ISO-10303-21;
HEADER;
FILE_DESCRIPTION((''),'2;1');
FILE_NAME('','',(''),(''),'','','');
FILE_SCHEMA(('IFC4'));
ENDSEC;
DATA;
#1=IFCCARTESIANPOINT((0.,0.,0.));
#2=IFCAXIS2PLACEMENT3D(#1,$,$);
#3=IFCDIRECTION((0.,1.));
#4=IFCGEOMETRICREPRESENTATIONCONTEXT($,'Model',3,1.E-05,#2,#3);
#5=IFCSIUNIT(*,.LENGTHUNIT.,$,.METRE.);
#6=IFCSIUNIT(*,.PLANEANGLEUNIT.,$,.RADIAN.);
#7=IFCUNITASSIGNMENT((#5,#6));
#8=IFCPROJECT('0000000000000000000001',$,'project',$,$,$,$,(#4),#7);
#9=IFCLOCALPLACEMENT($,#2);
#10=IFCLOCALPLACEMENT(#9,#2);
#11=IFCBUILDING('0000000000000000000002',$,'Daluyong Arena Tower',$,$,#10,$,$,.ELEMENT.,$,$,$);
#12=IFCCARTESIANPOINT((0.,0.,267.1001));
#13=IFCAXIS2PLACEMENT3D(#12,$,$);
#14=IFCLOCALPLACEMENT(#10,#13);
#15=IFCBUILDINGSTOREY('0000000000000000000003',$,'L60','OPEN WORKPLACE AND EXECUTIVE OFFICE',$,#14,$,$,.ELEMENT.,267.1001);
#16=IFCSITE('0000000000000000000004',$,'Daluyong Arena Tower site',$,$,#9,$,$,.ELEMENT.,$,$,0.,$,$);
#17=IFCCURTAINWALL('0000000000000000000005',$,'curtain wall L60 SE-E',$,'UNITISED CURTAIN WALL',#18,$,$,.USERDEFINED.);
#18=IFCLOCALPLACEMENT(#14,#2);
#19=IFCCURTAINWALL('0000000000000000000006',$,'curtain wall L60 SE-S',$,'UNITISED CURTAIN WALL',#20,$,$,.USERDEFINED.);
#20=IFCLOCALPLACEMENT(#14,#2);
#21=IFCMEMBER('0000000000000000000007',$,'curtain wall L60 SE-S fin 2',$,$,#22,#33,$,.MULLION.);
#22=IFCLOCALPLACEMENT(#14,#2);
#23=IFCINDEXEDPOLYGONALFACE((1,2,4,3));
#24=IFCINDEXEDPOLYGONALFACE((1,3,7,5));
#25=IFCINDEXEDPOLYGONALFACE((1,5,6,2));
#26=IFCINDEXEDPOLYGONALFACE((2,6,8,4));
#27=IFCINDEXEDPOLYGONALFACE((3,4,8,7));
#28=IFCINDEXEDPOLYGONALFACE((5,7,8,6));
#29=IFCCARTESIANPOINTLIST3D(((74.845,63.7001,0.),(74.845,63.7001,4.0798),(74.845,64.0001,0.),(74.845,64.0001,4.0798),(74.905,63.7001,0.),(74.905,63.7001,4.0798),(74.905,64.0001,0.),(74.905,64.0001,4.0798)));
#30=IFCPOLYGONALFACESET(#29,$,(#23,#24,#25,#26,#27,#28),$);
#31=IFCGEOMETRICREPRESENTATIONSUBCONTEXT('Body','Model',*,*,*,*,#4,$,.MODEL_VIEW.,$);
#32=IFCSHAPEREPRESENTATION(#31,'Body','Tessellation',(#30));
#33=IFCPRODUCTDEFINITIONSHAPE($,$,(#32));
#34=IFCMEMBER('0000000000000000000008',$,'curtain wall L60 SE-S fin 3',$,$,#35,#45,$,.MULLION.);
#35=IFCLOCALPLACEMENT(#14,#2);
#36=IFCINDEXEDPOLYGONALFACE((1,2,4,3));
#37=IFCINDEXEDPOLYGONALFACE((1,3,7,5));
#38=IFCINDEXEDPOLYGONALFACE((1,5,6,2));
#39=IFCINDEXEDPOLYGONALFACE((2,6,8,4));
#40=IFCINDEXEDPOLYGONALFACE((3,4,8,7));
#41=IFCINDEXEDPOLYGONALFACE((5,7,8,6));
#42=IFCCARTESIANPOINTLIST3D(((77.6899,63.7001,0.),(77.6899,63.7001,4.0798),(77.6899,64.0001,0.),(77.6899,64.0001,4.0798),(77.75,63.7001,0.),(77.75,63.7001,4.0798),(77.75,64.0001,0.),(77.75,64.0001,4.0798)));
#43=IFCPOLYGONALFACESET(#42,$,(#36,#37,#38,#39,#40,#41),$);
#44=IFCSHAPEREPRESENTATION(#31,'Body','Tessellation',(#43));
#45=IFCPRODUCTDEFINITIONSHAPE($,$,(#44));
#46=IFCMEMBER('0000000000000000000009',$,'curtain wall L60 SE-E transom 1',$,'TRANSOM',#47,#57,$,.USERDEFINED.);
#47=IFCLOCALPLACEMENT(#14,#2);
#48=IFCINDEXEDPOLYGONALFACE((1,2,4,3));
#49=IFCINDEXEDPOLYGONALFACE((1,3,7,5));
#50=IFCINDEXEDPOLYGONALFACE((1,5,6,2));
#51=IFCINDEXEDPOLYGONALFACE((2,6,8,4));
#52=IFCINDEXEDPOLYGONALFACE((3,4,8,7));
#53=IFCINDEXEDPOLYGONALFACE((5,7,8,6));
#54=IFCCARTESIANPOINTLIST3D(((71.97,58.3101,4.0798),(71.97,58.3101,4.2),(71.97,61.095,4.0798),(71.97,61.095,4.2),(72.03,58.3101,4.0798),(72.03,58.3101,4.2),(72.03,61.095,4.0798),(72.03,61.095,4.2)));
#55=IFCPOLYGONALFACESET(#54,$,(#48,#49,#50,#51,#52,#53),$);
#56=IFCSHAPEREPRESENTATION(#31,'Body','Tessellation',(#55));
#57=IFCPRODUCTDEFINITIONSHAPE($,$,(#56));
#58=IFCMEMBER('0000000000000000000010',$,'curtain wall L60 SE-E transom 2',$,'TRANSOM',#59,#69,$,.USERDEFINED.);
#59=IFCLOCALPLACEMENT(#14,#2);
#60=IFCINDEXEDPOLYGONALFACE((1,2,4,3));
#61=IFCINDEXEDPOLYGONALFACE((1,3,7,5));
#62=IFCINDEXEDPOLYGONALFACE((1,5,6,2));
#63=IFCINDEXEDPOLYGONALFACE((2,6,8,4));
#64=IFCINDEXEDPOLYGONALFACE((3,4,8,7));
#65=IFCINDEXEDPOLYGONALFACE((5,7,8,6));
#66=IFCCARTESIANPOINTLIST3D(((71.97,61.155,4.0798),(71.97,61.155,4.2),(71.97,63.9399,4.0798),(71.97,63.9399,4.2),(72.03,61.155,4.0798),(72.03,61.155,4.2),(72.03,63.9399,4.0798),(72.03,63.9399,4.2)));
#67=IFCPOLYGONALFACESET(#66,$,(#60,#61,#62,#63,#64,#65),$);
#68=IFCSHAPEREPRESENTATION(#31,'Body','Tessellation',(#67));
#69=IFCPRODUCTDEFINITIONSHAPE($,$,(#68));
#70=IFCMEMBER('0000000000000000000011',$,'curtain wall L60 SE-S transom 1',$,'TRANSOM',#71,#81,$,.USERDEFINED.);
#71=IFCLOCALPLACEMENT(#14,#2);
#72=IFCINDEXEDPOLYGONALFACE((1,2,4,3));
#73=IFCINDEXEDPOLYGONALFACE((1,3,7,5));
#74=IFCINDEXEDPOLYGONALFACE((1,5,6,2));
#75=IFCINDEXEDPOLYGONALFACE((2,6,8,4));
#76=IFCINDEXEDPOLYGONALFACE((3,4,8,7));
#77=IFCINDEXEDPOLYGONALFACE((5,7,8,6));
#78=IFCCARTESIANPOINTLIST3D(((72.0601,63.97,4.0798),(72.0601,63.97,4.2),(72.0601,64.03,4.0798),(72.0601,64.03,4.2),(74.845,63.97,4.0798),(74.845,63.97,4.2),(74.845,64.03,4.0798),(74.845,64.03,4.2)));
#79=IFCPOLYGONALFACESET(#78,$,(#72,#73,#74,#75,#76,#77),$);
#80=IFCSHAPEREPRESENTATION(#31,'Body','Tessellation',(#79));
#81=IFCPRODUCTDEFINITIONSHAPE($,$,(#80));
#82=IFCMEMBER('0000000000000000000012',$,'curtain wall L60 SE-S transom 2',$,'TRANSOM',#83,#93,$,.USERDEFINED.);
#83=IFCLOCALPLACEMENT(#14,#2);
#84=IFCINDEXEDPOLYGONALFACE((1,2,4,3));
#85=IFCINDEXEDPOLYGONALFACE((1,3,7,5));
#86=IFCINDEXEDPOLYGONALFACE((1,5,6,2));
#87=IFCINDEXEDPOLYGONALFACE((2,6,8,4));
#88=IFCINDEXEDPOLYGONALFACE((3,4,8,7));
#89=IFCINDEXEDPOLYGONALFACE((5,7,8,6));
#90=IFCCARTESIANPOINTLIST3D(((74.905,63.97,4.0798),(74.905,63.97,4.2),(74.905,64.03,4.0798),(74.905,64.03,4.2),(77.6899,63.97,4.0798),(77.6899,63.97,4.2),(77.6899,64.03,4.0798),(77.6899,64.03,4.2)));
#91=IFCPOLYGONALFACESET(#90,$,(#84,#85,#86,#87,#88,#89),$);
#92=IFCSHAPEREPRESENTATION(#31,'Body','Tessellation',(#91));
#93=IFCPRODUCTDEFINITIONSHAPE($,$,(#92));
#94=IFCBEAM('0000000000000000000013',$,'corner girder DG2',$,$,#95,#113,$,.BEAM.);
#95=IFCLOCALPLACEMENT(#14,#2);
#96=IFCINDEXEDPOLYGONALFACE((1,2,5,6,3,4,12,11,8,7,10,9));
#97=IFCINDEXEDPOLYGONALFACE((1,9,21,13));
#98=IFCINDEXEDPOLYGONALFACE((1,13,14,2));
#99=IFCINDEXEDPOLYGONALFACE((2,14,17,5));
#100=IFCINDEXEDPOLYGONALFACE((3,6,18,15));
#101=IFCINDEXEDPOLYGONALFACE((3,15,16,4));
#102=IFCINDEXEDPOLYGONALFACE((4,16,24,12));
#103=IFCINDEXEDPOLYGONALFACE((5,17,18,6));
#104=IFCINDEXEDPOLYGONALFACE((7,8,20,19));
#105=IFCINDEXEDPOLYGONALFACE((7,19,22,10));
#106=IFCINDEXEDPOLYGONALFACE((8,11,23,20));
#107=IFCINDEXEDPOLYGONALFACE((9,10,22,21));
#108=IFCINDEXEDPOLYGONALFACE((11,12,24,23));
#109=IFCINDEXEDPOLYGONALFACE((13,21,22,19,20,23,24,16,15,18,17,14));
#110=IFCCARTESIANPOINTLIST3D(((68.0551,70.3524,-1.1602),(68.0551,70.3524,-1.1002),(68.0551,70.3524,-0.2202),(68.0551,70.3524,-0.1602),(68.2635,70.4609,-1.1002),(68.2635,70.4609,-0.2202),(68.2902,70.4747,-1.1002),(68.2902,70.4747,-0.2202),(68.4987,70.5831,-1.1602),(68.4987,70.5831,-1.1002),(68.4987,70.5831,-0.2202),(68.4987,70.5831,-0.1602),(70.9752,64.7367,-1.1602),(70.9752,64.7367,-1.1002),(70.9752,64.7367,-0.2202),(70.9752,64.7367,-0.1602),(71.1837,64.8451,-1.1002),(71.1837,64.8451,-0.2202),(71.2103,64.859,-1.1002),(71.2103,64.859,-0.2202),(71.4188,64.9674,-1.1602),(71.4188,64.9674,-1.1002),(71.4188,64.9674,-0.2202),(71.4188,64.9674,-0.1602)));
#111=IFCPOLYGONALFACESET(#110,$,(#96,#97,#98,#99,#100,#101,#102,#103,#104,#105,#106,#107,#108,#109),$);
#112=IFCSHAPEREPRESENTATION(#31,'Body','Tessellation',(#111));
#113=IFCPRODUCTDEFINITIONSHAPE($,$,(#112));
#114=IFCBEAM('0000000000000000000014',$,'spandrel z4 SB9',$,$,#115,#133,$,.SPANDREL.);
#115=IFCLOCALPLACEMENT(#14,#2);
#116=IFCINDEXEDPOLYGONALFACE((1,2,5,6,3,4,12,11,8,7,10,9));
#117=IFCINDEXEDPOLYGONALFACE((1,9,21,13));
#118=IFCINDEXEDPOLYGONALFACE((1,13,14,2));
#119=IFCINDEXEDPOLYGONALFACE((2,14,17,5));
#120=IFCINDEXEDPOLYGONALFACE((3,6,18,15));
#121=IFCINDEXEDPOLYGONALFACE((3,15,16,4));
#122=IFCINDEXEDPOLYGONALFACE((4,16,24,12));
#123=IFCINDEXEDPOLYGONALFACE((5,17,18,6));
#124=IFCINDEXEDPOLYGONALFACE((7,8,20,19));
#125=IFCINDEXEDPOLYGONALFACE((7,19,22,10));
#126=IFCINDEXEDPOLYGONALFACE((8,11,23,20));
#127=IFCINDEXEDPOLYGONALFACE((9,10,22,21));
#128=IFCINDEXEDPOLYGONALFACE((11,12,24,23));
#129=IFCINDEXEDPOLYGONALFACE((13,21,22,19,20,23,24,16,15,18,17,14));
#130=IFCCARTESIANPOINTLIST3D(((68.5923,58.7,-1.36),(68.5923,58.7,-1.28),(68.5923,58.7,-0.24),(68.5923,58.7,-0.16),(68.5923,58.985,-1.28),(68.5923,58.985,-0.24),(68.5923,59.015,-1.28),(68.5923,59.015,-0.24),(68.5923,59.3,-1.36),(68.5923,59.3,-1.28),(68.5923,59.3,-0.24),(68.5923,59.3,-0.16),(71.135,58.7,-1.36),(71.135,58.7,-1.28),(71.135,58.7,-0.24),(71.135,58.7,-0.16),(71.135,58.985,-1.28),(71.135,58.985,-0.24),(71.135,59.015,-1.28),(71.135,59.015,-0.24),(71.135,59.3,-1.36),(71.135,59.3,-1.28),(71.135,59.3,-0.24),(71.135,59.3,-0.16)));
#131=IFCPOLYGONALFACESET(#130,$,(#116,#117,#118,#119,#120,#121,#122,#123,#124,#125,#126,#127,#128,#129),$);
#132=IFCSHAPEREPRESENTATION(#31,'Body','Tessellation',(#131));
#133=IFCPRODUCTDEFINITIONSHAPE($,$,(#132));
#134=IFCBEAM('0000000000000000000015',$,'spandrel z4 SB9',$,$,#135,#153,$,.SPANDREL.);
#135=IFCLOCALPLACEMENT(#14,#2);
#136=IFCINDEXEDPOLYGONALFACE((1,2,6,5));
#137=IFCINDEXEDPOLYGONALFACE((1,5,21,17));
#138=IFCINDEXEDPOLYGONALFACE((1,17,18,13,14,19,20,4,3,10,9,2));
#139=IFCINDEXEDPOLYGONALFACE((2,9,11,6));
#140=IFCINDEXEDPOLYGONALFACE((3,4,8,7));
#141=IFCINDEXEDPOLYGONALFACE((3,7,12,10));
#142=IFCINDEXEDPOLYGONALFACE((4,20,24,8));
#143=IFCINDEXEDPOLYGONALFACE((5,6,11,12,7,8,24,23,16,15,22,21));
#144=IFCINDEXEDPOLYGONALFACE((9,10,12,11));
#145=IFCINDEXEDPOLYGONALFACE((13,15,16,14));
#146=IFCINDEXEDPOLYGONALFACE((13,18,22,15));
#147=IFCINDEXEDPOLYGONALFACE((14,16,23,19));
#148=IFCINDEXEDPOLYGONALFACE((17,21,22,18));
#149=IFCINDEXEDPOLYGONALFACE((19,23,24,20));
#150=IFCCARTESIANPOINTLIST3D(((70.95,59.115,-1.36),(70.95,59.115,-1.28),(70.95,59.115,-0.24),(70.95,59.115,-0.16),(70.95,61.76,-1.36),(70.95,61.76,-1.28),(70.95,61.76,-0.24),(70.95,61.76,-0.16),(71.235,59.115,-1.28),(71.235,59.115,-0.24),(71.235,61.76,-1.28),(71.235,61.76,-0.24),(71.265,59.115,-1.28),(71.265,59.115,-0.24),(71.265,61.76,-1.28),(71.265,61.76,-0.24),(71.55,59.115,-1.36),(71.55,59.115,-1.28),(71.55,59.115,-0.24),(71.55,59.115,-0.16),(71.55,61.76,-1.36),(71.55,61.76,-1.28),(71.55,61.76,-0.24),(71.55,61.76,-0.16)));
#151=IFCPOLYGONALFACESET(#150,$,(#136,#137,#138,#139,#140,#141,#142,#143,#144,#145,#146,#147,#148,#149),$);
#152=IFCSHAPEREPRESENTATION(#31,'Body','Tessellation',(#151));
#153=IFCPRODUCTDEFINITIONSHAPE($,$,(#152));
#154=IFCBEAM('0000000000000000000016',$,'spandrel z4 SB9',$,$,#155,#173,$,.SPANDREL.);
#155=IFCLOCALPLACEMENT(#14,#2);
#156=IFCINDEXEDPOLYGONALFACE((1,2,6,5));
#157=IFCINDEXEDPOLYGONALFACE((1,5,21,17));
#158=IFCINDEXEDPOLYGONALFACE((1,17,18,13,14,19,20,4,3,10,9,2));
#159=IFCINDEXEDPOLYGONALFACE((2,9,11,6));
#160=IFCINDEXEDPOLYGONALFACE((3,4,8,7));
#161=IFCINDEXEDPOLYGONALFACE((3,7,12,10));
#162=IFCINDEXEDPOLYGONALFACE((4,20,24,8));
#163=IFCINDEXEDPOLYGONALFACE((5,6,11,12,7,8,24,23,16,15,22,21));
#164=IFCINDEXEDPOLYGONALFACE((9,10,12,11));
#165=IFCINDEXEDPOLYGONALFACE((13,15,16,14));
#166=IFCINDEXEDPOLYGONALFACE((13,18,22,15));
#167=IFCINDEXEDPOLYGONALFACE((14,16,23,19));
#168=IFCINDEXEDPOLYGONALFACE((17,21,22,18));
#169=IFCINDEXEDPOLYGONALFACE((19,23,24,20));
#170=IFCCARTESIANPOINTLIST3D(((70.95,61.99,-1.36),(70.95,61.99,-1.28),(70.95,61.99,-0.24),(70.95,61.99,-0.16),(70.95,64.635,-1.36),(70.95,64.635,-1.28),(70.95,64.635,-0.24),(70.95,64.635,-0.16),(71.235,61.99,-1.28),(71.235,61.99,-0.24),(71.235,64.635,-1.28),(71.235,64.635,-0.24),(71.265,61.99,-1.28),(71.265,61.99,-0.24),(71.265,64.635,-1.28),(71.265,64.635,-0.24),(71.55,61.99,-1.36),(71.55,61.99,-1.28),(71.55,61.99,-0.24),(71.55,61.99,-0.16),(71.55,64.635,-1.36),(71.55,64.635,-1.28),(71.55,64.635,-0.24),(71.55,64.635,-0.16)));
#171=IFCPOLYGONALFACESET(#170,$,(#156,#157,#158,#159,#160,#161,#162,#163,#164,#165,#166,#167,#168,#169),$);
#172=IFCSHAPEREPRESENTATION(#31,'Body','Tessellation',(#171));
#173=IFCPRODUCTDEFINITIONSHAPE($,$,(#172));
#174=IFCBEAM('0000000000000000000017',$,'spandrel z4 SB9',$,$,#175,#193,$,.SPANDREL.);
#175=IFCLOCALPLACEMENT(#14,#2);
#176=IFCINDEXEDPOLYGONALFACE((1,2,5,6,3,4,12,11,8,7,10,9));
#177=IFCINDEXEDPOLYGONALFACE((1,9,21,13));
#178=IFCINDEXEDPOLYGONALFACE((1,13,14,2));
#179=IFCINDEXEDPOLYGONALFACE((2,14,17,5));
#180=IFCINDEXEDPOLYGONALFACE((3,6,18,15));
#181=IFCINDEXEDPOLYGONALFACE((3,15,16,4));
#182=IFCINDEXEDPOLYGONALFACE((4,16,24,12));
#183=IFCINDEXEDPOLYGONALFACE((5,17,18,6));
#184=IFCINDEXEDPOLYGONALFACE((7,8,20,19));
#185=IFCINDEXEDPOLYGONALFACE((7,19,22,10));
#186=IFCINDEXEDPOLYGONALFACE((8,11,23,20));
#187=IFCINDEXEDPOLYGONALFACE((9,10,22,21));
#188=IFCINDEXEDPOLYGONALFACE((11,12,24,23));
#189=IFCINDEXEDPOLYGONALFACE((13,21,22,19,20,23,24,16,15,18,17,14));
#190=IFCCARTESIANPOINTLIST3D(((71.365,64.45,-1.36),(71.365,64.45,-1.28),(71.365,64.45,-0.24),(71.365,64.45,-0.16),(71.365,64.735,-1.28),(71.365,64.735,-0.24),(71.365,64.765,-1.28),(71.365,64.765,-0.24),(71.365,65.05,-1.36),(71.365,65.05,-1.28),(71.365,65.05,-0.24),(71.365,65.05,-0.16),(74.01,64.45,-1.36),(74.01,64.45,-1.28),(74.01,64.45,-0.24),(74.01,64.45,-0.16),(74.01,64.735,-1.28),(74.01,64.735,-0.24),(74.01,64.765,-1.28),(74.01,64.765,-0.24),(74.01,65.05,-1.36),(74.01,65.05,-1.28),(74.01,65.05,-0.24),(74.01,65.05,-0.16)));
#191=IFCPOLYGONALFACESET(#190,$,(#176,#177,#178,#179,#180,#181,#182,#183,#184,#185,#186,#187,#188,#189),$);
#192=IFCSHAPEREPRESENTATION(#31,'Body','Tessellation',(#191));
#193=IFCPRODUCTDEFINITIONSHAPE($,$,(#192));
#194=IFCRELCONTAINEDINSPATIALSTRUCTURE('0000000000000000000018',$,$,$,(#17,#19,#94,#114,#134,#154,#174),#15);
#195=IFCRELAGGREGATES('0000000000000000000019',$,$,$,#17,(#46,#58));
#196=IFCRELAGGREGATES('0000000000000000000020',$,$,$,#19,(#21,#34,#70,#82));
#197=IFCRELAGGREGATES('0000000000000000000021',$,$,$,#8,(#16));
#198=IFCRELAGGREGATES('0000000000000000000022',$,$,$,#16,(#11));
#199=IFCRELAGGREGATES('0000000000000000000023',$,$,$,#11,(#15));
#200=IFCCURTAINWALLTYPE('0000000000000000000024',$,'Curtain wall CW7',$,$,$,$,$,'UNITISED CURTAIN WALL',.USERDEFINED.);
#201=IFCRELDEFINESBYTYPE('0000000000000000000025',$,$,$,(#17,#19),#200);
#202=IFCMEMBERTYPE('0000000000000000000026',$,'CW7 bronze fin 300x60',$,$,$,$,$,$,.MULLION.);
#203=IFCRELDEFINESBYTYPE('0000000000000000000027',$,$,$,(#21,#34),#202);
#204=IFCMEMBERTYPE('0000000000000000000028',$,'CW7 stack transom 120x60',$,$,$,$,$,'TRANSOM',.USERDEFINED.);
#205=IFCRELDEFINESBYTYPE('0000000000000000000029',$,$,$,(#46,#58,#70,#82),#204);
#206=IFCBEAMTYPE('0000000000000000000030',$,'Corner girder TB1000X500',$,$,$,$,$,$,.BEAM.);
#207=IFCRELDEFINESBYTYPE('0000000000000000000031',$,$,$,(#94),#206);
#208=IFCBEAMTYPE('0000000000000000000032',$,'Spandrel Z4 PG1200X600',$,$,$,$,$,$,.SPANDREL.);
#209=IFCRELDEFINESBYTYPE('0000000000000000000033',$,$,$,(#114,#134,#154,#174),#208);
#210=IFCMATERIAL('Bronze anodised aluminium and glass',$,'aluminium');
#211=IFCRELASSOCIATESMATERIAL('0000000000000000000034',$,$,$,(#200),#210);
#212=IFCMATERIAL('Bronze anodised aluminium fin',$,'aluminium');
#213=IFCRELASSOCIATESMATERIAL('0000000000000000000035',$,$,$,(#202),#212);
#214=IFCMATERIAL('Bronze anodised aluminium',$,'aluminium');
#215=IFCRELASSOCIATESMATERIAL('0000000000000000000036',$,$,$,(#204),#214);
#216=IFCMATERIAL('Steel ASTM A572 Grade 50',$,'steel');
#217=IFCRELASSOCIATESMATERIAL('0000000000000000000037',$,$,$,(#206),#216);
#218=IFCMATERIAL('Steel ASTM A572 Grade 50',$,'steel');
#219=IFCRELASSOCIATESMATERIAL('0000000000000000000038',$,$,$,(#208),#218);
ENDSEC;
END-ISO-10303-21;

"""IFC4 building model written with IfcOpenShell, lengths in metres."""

from ifc_helpers import new_model, si_unit, direction, frame, origin, origin_2d, place, context, subcontext, project, spatial, rectangle, i_section, extrude, material, material_profile, profile_set, type_object, element, aggregate, save


model = new_model("IFC4")

# Units and contexts
model_context = context("Model", 3, precision=1e-05, world=origin(), true_north=direction((0.0, 1.0)))
body_context = subcontext(model_context, "Body", "Model", "MODEL_VIEW")
ifc_project = project(units=[si_unit("LENGTHUNIT", "METRE"), si_unit("PLANEANGLEUNIT", "RADIAN")], contexts=[model_context])

# Site, building, storey
site_placement = place(None, origin())
site = spatial("IfcSite", under=ifc_project, at=site_placement, Name="Daluyong Arena Tower site", CompositionType="ELEMENT", RefElevation=0.0)
building_placement = place(site_placement, origin())
building = spatial("IfcBuilding", under=site, at=building_placement, Name="Daluyong Arena Tower", CompositionType="ELEMENT")
storey_placement = place(building_placement, frame((0.0, 0.0, 267.1001)))
storey = spatial("IfcBuildingStorey", under=building, at=storey_placement, Name="L60", Description="OPEN WORKPLACE AND EXECUTIVE OFFICE", CompositionType="ELEMENT", Elevation=267.1001)

# Curtain walls, members
ifc_material_1 = material(Name="Bronze anodised aluminium and glass", Category="aluminium")
curtain_wall_type_1 = type_object("IfcCurtainWallType", Name="Curtain wall CW7", ElementType="UNITISED CURTAIN WALL", PredefinedType="USERDEFINED", material=ifc_material_1)
curtain_wall_1_placement = place(storey_placement, origin())
curtain_wall_1 = element("IfcCurtainWall", 1, at=curtain_wall_1_placement, inside=storey, type_object=curtain_wall_type_1, Name="curtain wall L60 SE-E", ObjectType="UNITISED CURTAIN WALL", PredefinedType="USERDEFINED")
ifc_material_2 = material(Name="Bronze anodised aluminium fin", Category="aluminium")
ifc_material_profile_1 = material_profile(ifc_material_2, rectangle(XDim=0.3, YDim=0.0601, at=origin_2d()))
ifc_profile_set_1 = profile_set([ifc_material_profile_1], Name="Bronze anodised aluminium fin")
member_type_1 = type_object("IfcMemberType", Name="CW7 bronze fin 300x60", PredefinedType="MULLION", material=ifc_profile_set_1)
curtain_wall_2_placement = place(storey_placement, origin())
curtain_wall_2 = element("IfcCurtainWall", 2, at=curtain_wall_2_placement, inside=storey, type_object=curtain_wall_type_1, Name="curtain wall L60 SE-S", ObjectType="UNITISED CURTAIN WALL", PredefinedType="USERDEFINED")
member_1_placement = place(storey_placement, frame((74.875, 63.8501, 0.0), z_axis=(0.0, 0.0, 1.0), x_axis=(0.0, 1.0, 0.0)))
member_1 = element("IfcMember", 3, at=member_1_placement, type_object=member_type_1, Name="curtain wall L60 SE-S fin 2", PredefinedType="MULLION", context=body_context, shape_type="SweptSolid", body=[
    extrude(rectangle(XDim=0.3, YDim=0.0601, at=origin_2d()), origin(), (0.0, 0.0, 1.0), 4.0798),
])
member_2_placement = place(storey_placement, frame((77.72, 63.8501, 0.0), z_axis=(0.0, 0.0, 1.0), x_axis=(0.0, 1.0, 0.0)))
member_2 = element("IfcMember", 4, at=member_2_placement, type_object=member_type_1, Name="curtain wall L60 SE-S fin 3", PredefinedType="MULLION", context=body_context, shape_type="SweptSolid", body=[
    extrude(rectangle(XDim=0.3, YDim=0.0601, at=origin_2d()), origin(), (0.0, 0.0, 1.0), 4.0798),
])

# Members
ifc_material_3 = material(Name="Bronze anodised aluminium", Category="aluminium")
ifc_material_profile_2 = material_profile(ifc_material_3, rectangle(XDim=0.0601, YDim=0.1201, at=origin_2d()))
ifc_profile_set_2 = profile_set([ifc_material_profile_2], Name="Bronze anodised aluminium")
member_type_2 = type_object("IfcMemberType", Name="CW7 stack transom 120x60", ElementType="TRANSOM", PredefinedType="USERDEFINED", material=ifc_profile_set_2)
member_3_placement = place(storey_placement, frame((72.0, 58.3101, 4.1399), z_axis=(0.0, 1.0, 0.0), x_axis=(-1.0, 0.0, 0.0)))
member_3 = element("IfcMember", 5, at=member_3_placement, type_object=member_type_2, Name="curtain wall L60 SE-E transom 1", ObjectType="TRANSOM", PredefinedType="USERDEFINED", context=body_context, shape_type="SweptSolid", body=[
    extrude(rectangle(XDim=0.0601, YDim=0.1201, at=origin_2d()), origin(), (0.0, 0.0, 1.0), 2.7849),
])
member_4_placement = place(storey_placement, frame((72.0, 61.155, 4.1399), z_axis=(0.0, 1.0, 0.0), x_axis=(-1.0, 0.0, 0.0)))
member_4 = element("IfcMember", 6, at=member_4_placement, type_object=member_type_2, Name="curtain wall L60 SE-E transom 2", ObjectType="TRANSOM", PredefinedType="USERDEFINED", context=body_context, shape_type="SweptSolid", body=[
    extrude(rectangle(XDim=0.0601, YDim=0.1201, at=origin_2d()), origin(), (0.0, 0.0, 1.0), 2.7849),
])
member_5_placement = place(storey_placement, frame((72.0601, 64.0, 4.1399), z_axis=(1.0, 0.0, 0.0), x_axis=(0.0, 1.0, 0.0)))
member_5 = element("IfcMember", 7, at=member_5_placement, type_object=member_type_2, Name="curtain wall L60 SE-S transom 1", ObjectType="TRANSOM", PredefinedType="USERDEFINED", context=body_context, shape_type="SweptSolid", body=[
    extrude(rectangle(XDim=0.0601, YDim=0.1201, at=origin_2d()), origin(), (0.0, 0.0, 1.0), 2.7849),
])
member_6_placement = place(storey_placement, frame((74.905, 64.0, 4.1399), z_axis=(1.0, 0.0, 0.0), x_axis=(0.0, 1.0, 0.0)))
member_6 = element("IfcMember", 8, at=member_6_placement, type_object=member_type_2, Name="curtain wall L60 SE-S transom 2", ObjectType="TRANSOM", PredefinedType="USERDEFINED", context=body_context, shape_type="SweptSolid", body=[
    extrude(rectangle(XDim=0.0601, YDim=0.1201, at=origin_2d()), origin(), (0.0, 0.0, 1.0), 2.7849),
])

# Beams
ifc_material_4 = material(Name="Steel ASTM A572 Grade 50", Category="steel")
ifc_material_profile_3 = material_profile(ifc_material_4, i_section(OverallWidth=0.5, OverallDepth=1.0, WebThickness=0.03, FlangeThickness=0.06, at=origin_2d()))
ifc_profile_set_3 = profile_set([ifc_material_profile_3], Name="Steel ASTM A572 Grade 50")
beam_type_1 = type_object("IfcBeamType", Name="Corner girder TB1000X500", PredefinedType="BEAM", material=ifc_profile_set_3)
beam_1_placement = place(storey_placement, frame((71.197, 64.8521, -0.6602), z_axis=(-0.461352, 0.887217, 0.0), x_axis=(-0.887217, -0.461352, 0.0)))
element("IfcBeam", 9, at=beam_1_placement, inside=storey, type_object=beam_type_1, Name="corner girder DG2", PredefinedType="BEAM", context=body_context, shape_type="SweptSolid", body=[
    extrude(i_section(OverallWidth=0.5, OverallDepth=1.0, WebThickness=0.03, FlangeThickness=0.06, at=origin_2d()), origin(), (0.0, 0.0, 1.0), 6.3296),
])
ifc_material_5 = material(Name="Steel ASTM A572 Grade 50", Category="steel")
ifc_material_profile_4 = material_profile(ifc_material_5, i_section(OverallWidth=0.6001, OverallDepth=1.2, WebThickness=0.03, FlangeThickness=0.08, at=origin_2d()))
ifc_profile_set_4 = profile_set([ifc_material_profile_4], Name="Steel ASTM A572 Grade 50")
beam_type_2 = type_object("IfcBeamType", Name="Spandrel Z4 PG1200X600", PredefinedType="SPANDREL", material=ifc_profile_set_4)
beam_2_placement = place(storey_placement, frame((68.5923, 59.0, -0.76), z_axis=(1.0, 0.0, 0.0), x_axis=(0.0, 1.0, 0.0)))
element("IfcBeam", 10, at=beam_2_placement, inside=storey, type_object=beam_type_2, Name="spandrel z4 SB9", PredefinedType="SPANDREL", context=body_context, shape_type="SweptSolid", body=[
    extrude(i_section(OverallWidth=0.6001, OverallDepth=1.2, WebThickness=0.03, FlangeThickness=0.08, at=origin_2d()), origin(), (0.0, 0.0, 1.0), 2.5427),
])
for number, where, z_axis, x_axis, name in (
    (11, (71.25, 59.115, -0.76), (0.0, 1.0, 0.0), (-1.0, 0.0, 0.0), "spandrel z4 SB9"),
    (12, (71.25, 61.99, -0.76), (0.0, 1.0, 0.0), (-1.0, 0.0, 0.0), "spandrel z4 SB9"),
    (13, (71.365, 64.75, -0.76), (1.0, 0.0, 0.0), (0.0, 1.0, 0.0), "spandrel z4 SB9"),
):
    element("IfcBeam", number, at=place(storey_placement, frame(where, z_axis=z_axis, x_axis=x_axis)), inside=storey, type_object=beam_type_2, Name=name, PredefinedType="SPANDREL", context=body_context, shape_type="SweptSolid", body=[
        extrude(i_section(OverallWidth=0.6001, OverallDepth=1.2, WebThickness=0.03, FlangeThickness=0.08, at=origin_2d()), origin(), (0.0, 0.0, 1.0), 2.645),
    ])

aggregate(curtain_wall_1, [member_3, member_4])
aggregate(curtain_wall_2, [member_1, member_2, member_5, member_6])

save(model, "model.ifc")
